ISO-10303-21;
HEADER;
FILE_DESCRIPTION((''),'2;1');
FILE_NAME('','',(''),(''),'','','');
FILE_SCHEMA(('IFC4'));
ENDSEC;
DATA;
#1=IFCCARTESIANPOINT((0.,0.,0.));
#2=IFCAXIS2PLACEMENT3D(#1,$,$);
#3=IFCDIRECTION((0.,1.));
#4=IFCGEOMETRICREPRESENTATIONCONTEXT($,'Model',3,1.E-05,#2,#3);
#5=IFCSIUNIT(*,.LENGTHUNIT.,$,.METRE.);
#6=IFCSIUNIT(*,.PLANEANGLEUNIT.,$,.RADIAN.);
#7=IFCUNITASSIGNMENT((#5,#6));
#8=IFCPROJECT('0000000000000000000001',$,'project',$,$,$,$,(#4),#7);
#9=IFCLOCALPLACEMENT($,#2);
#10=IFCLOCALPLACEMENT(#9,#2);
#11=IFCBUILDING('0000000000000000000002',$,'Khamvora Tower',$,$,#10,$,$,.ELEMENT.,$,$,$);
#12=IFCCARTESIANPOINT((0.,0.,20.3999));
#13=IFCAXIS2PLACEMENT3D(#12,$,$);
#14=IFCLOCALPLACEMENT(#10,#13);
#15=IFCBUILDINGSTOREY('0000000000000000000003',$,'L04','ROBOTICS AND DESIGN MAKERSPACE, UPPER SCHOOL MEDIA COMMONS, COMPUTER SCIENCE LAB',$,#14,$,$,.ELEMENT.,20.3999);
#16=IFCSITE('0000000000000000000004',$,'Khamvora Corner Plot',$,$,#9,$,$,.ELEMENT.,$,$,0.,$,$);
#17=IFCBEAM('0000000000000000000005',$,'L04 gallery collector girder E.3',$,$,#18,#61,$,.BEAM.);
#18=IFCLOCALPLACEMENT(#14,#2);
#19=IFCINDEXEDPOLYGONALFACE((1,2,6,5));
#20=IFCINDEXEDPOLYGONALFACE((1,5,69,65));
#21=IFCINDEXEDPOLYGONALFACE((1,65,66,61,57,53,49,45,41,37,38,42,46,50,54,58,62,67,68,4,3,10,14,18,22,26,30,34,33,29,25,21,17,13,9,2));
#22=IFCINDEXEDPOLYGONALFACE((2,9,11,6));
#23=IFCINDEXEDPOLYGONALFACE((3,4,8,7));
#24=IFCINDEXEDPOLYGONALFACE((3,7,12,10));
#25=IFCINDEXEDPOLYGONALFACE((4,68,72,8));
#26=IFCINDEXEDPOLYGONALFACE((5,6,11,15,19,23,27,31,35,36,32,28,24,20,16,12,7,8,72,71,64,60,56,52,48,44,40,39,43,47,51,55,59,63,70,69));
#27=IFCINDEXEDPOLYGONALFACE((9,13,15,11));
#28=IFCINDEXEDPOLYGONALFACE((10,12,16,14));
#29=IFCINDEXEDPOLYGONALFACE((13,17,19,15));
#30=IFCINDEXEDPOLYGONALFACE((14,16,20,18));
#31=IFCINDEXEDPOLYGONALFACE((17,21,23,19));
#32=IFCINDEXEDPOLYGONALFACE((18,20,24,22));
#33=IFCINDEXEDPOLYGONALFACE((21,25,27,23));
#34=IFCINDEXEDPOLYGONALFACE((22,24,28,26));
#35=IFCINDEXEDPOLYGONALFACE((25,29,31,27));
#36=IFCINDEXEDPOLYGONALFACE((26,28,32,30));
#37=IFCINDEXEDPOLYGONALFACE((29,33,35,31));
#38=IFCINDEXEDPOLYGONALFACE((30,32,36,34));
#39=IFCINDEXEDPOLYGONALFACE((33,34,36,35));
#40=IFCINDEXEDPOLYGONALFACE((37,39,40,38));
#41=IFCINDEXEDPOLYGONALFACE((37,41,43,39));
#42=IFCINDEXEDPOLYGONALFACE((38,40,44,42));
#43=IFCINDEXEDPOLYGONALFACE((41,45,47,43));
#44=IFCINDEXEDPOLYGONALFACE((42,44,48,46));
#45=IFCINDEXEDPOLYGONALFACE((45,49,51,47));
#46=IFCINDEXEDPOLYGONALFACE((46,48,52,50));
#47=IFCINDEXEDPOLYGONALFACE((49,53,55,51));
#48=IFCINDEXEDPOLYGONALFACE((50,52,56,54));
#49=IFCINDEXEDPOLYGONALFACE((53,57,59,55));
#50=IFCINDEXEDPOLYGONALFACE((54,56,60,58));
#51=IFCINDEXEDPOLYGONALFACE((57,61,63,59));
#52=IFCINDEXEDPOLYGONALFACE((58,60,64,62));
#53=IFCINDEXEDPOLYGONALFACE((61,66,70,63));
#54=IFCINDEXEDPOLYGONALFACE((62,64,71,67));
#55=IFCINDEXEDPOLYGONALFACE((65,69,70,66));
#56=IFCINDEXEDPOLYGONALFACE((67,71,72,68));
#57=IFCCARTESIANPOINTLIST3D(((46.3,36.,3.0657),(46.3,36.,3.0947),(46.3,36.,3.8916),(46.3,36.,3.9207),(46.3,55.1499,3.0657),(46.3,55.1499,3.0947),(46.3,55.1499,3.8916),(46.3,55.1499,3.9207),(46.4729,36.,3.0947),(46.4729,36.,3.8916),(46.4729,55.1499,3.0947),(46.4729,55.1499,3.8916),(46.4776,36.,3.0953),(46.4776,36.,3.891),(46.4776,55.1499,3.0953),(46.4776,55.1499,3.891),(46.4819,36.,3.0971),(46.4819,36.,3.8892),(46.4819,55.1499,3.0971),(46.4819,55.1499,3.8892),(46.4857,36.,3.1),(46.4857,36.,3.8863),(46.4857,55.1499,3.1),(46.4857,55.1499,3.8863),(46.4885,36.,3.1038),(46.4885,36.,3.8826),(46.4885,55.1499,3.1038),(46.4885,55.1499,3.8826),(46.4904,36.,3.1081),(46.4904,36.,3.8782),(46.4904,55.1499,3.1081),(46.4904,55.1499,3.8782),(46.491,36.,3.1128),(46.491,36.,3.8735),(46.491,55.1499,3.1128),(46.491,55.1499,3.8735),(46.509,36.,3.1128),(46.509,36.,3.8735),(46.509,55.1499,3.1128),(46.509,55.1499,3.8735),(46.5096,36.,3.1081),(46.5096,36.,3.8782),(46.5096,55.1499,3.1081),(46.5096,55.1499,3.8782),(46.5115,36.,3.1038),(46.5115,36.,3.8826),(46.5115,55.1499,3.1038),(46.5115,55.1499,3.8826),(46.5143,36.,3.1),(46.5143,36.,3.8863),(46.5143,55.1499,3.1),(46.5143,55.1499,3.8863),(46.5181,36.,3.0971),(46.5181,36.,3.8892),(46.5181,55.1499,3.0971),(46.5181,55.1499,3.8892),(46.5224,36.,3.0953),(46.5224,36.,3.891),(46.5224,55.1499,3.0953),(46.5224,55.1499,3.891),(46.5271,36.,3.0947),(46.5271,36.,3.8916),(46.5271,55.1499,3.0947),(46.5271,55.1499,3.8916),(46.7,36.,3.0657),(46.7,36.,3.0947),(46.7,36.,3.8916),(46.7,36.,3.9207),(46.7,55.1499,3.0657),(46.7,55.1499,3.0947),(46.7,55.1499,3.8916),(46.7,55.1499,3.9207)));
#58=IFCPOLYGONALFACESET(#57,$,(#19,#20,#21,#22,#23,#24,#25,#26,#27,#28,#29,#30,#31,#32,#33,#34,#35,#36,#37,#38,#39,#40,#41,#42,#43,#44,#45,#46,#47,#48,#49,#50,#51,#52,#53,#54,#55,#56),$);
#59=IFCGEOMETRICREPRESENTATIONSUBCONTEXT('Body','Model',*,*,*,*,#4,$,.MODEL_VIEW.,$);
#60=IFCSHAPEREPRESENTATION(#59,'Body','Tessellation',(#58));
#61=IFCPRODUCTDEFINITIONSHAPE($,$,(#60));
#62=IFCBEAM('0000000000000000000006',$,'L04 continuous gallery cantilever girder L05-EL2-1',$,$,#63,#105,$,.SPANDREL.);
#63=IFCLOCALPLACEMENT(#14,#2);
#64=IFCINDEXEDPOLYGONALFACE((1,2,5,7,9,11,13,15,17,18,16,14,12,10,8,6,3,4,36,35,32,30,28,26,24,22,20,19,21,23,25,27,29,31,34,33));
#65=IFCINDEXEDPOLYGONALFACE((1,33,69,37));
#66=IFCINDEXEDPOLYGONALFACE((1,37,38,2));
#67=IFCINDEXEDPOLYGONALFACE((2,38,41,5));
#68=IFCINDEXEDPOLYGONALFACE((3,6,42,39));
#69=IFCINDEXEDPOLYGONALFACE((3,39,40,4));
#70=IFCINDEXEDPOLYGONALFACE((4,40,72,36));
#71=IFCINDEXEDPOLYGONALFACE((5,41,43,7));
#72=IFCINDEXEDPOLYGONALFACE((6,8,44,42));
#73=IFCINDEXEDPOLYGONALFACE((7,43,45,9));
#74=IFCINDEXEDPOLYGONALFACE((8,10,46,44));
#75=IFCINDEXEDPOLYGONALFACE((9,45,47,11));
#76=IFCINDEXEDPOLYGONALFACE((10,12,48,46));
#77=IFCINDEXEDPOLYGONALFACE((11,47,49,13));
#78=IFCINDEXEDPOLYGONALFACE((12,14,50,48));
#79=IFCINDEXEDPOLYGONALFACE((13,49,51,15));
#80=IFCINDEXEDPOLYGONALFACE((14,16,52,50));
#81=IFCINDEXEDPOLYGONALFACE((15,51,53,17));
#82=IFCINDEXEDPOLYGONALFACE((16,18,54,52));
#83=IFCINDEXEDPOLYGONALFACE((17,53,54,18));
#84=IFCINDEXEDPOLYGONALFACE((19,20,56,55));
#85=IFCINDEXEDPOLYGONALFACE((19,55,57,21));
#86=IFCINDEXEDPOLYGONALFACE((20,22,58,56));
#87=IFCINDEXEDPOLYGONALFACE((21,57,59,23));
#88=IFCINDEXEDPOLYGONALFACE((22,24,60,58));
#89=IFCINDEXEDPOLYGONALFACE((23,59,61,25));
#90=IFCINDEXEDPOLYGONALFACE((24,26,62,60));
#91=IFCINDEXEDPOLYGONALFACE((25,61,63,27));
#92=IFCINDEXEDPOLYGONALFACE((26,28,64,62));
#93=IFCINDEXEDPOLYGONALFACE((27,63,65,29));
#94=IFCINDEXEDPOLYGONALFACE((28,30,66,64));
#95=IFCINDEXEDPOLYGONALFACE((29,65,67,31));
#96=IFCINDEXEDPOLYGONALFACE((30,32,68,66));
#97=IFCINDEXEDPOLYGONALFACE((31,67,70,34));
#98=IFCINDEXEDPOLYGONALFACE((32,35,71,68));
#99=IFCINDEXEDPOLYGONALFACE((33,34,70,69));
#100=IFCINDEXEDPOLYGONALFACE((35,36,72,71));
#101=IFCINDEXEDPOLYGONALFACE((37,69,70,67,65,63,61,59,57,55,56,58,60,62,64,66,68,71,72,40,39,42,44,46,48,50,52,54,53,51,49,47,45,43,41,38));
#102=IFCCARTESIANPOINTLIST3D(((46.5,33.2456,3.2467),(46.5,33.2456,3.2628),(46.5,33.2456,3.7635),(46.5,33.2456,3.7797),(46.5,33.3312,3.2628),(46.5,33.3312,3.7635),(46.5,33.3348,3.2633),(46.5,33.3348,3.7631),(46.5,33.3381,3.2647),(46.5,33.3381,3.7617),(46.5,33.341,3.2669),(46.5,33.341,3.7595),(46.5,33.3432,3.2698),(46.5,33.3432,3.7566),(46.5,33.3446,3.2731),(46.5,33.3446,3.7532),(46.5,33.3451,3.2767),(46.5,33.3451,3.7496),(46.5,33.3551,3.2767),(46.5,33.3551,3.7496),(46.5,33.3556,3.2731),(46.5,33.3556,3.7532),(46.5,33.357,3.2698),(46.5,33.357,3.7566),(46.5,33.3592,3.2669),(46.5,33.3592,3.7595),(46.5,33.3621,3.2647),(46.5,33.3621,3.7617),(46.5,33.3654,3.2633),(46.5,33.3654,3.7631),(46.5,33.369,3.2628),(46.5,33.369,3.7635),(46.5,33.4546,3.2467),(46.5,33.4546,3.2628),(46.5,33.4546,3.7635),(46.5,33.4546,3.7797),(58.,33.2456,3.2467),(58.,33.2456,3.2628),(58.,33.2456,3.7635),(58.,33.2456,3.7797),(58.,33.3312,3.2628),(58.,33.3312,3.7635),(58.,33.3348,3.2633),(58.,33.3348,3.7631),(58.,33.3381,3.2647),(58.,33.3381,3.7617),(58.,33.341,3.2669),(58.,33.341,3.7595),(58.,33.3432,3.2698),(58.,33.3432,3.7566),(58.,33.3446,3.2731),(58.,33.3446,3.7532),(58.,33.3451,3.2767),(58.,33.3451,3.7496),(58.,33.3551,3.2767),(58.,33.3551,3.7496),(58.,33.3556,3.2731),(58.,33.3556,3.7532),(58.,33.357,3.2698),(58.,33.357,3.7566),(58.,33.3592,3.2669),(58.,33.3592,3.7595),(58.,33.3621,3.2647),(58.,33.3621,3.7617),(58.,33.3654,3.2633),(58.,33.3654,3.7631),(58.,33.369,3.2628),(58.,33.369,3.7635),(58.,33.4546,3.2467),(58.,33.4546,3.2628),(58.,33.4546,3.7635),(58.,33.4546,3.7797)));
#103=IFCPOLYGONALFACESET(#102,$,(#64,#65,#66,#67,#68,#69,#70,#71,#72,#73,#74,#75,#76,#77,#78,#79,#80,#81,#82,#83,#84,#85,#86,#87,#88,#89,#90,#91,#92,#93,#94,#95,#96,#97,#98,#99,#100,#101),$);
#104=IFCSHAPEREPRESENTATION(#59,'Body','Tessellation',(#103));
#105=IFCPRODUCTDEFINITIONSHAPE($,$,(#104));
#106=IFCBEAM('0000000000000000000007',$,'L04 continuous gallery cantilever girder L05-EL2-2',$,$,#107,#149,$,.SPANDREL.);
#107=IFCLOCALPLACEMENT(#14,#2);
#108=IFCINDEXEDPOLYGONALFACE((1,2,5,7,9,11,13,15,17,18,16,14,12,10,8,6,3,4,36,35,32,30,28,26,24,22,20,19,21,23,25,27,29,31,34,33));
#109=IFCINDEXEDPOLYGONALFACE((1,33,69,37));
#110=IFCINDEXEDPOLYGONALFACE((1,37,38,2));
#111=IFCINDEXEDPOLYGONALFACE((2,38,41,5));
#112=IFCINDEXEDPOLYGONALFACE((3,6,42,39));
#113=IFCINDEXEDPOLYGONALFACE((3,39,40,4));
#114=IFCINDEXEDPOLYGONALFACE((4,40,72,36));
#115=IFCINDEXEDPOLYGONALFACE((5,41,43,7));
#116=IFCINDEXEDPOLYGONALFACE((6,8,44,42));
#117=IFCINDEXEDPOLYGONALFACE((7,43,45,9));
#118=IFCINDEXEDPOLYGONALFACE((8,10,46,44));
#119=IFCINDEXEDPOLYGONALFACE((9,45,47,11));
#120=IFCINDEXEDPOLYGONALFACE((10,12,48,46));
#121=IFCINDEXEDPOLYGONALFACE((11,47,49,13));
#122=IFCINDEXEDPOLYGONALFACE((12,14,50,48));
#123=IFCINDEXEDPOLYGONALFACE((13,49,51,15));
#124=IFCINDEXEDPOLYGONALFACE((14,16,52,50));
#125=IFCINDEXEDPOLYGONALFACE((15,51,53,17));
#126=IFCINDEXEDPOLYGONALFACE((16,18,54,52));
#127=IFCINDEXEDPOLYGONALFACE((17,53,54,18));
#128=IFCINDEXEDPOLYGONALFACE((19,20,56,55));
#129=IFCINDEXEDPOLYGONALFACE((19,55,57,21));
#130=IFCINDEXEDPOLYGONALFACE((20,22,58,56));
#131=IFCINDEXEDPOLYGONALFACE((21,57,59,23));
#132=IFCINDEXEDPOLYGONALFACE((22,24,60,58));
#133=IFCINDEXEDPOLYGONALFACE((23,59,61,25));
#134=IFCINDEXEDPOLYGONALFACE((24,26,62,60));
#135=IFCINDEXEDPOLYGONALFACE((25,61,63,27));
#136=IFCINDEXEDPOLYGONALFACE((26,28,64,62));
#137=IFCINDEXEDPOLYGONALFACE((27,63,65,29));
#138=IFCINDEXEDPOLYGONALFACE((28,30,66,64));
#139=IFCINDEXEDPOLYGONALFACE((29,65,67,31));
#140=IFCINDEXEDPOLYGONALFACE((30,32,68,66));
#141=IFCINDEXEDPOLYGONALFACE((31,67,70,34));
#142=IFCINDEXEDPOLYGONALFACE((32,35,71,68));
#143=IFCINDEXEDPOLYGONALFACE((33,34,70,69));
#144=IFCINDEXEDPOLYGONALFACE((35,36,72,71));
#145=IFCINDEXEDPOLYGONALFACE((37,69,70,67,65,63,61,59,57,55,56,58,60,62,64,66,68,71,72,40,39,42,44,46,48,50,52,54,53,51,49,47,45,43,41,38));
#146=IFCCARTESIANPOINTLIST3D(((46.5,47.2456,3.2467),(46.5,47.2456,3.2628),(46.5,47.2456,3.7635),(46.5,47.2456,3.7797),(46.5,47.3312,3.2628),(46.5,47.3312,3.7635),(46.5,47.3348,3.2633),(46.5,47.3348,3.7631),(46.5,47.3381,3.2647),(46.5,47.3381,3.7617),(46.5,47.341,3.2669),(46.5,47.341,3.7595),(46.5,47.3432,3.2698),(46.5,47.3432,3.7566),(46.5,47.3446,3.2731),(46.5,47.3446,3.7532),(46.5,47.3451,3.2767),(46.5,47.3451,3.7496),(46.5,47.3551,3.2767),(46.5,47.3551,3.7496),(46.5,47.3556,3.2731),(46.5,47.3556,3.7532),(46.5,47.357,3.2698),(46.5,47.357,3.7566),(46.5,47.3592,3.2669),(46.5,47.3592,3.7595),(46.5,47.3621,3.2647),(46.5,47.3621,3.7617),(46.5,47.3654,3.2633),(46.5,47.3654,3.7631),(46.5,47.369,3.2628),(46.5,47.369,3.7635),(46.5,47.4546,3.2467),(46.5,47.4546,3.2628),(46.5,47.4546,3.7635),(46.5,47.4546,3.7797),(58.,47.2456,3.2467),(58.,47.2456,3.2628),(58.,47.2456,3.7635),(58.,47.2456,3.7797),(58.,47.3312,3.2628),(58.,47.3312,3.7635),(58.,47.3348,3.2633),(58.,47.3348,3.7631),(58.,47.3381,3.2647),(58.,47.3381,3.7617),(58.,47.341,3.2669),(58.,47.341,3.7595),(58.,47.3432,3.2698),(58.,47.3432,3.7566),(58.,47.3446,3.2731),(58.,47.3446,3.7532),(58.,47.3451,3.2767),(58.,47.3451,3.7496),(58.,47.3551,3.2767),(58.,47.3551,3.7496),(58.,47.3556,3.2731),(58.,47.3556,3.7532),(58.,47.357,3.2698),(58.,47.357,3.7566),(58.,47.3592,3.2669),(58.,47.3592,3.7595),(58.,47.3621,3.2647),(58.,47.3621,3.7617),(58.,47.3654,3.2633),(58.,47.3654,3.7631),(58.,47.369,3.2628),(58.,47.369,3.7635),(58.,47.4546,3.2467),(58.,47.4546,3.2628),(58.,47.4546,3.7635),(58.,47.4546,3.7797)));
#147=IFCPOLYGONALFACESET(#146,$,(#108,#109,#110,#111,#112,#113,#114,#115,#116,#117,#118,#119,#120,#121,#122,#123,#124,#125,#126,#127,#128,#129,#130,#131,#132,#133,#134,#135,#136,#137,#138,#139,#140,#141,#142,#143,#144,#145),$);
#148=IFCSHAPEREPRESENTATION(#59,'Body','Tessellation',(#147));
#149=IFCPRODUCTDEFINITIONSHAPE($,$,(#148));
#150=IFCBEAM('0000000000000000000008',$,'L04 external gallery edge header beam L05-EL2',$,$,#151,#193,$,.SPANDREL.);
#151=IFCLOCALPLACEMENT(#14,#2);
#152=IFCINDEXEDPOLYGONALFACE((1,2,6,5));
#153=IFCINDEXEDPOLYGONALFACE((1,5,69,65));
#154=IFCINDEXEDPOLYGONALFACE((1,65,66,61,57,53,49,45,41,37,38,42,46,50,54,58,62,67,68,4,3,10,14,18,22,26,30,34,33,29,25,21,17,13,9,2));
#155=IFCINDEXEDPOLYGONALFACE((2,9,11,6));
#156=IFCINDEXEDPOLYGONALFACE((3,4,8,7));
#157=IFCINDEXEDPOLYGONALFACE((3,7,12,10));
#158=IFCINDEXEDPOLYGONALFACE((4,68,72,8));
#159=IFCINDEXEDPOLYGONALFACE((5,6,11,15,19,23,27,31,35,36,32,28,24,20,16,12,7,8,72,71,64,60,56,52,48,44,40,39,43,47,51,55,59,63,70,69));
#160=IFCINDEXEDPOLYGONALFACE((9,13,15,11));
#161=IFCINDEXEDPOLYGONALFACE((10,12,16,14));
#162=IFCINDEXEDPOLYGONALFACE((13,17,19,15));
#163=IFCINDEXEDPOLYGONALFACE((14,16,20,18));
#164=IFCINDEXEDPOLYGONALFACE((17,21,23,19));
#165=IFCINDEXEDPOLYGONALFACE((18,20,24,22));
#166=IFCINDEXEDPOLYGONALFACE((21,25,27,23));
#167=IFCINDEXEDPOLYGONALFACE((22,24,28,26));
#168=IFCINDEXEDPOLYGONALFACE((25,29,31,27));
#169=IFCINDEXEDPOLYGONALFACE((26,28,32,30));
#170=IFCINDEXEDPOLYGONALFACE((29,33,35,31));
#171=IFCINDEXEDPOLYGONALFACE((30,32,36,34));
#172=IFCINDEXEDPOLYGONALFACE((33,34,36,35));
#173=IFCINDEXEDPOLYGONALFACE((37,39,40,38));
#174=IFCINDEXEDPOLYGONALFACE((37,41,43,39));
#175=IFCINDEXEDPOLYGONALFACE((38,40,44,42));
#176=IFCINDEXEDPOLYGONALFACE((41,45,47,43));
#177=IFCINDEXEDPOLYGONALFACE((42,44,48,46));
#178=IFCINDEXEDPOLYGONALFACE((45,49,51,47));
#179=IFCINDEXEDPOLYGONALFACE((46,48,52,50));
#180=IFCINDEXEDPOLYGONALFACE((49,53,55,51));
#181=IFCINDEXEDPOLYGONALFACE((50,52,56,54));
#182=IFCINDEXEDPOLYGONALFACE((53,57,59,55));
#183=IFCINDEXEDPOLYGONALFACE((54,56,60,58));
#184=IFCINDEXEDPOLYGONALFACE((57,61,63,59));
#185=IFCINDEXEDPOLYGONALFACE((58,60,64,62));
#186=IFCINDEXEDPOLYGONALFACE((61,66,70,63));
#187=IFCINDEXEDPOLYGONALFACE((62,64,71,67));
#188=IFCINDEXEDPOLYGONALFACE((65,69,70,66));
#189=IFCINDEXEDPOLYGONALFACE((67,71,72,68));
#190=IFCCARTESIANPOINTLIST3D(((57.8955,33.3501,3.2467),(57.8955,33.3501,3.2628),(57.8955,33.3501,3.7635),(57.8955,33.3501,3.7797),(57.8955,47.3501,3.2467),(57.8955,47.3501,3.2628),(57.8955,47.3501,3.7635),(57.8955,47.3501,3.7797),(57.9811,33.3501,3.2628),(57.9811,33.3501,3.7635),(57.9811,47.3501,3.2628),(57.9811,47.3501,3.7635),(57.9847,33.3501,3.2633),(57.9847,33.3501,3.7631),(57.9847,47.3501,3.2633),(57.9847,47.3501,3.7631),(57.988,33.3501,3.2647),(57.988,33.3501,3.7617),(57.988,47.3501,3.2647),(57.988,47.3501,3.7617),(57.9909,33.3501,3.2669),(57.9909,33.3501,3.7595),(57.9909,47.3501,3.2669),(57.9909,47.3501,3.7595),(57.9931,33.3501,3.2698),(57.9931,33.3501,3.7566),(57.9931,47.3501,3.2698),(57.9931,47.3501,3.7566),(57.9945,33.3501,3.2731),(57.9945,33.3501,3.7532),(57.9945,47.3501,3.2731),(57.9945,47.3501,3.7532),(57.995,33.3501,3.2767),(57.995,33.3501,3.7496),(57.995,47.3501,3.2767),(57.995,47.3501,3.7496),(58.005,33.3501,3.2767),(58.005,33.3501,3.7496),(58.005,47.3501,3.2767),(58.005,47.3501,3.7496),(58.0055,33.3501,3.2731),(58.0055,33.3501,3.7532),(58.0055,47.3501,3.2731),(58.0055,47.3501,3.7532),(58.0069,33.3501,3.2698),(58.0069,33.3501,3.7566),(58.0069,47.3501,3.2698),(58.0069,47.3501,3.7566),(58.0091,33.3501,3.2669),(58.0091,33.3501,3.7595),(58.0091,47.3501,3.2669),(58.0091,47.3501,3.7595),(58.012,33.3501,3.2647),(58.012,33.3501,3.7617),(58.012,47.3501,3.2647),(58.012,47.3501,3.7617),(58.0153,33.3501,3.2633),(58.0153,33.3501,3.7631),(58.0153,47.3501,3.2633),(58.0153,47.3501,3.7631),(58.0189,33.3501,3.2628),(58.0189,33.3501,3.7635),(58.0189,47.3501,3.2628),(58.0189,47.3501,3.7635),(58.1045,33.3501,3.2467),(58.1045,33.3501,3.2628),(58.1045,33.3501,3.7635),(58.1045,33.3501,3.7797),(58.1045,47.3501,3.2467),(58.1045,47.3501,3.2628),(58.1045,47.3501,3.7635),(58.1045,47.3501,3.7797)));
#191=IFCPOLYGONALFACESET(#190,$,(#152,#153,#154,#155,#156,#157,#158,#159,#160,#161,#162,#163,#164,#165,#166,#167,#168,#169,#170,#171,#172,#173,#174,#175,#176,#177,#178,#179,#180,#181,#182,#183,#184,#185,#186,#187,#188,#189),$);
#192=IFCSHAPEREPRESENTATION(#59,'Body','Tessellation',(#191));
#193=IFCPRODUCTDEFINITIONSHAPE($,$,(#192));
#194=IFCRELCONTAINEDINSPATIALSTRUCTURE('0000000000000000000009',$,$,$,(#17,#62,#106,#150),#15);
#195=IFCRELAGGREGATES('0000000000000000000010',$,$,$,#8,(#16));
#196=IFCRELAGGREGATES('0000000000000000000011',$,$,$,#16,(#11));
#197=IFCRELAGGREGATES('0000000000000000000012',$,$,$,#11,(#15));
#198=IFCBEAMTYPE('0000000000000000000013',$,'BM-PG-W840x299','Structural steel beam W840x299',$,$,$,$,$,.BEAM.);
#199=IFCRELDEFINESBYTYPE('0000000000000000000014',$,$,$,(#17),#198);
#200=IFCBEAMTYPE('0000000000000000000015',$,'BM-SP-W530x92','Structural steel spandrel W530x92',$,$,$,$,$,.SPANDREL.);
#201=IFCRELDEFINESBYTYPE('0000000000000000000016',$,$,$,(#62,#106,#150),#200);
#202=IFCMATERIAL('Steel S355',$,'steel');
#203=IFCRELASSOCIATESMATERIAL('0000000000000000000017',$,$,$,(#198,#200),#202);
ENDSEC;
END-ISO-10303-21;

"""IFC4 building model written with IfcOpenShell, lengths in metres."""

from ifc_helpers import new_model, si_unit, direction, frame, origin, origin_2d, place, context, subcontext, project, spatial, i_section, extrude, material, material_profile, profile_set, type_object, element, save


model = new_model("IFC4")

# Units and contexts
model_context = context("Model", 3, precision=1e-05, world=origin(), true_north=direction((0.0, 1.0)))
body_context = subcontext(model_context, "Body", "Model", "MODEL_VIEW")
ifc_project = project(units=[si_unit("LENGTHUNIT", "METRE"), si_unit("PLANEANGLEUNIT", "RADIAN")], contexts=[model_context])

# Site, building, storey
site_placement = place(None, origin())
site = spatial("IfcSite", under=ifc_project, at=site_placement, Name="Khamvora Corner Plot", CompositionType="ELEMENT", RefElevation=0.0)
building_placement = place(site_placement, origin())
building = spatial("IfcBuilding", under=site, at=building_placement, Name="Khamvora Tower", CompositionType="ELEMENT")
storey_placement = place(building_placement, frame((0.0, 0.0, 20.3999)))
storey = spatial("IfcBuildingStorey", under=building, at=storey_placement, Name="L04", Description="ROBOTICS AND DESIGN MAKERSPACE, UPPER SCHOOL MEDIA COMMONS, COMPUTER SCIENCE LAB", CompositionType="ELEMENT", Elevation=20.3999)

# Beams
ifc_material_1 = material(Name="Steel S355", Category="steel")
ifc_material_profile_1 = material_profile(ifc_material_1, i_section(OverallWidth=0.3999, OverallDepth=0.855, WebThickness=0.0181, FlangeThickness=0.0291, FilletRadius=0.0181, at=origin_2d()), Name="W840x299")
ifc_profile_set_1 = profile_set([ifc_material_profile_1], Name="Steel S355")
beam_type_1 = type_object("IfcBeamType", Name="BM-PG-W840x299", Description="Structural steel beam W840x299", PredefinedType="BEAM", material=ifc_profile_set_1)
beam_1_placement = place(storey_placement, frame((46.5, 36.0, 3.4932), z_axis=(0.0, 1.0, 0.0), x_axis=(-1.0, 0.0, 0.0)))
element("IfcBeam", 1, at=beam_1_placement, inside=storey, type_object=beam_type_1, Name="L04 gallery collector girder E.3", PredefinedType="BEAM", context=body_context, shape_type="SweptSolid", body=[
    extrude(i_section(OverallWidth=0.3999, OverallDepth=0.855, WebThickness=0.0181, FlangeThickness=0.0291, FilletRadius=0.0181, at=origin_2d()), origin(), (0.0, 0.0, 1.0), 19.1499),
])
ifc_material_profile_2 = material_profile(ifc_material_1, i_section(OverallWidth=0.209, OverallDepth=0.533, WebThickness=0.01, FlangeThickness=0.0161, FilletRadius=0.0139, at=origin_2d()), Name="W530x92")
ifc_profile_set_2 = profile_set([ifc_material_profile_2], Name="Steel S355")
beam_type_2 = type_object("IfcBeamType", Name="BM-SP-W530x92", Description="Structural steel spandrel W530x92", PredefinedType="SPANDREL", material=ifc_profile_set_2)
for number, where, z_axis, x_axis, name in (
    (2, (46.5, 33.3501, 3.5132), (1.0, 0.0, 0.0), (0.0, 1.0, 0.0), "L04 continuous gallery cantilever girder L05-EL2-1"),
    (3, (46.5, 47.3501, 3.5132), (1.0, 0.0, 0.0), (0.0, 1.0, 0.0), "L04 continuous gallery cantilever girder L05-EL2-2"),
):
    element("IfcBeam", number, at=place(storey_placement, frame(where, z_axis=z_axis, x_axis=x_axis)), inside=storey, type_object=beam_type_2, Name=name, PredefinedType="SPANDREL", context=body_context, shape_type="SweptSolid", body=[
        extrude(i_section(OverallWidth=0.209, OverallDepth=0.533, WebThickness=0.01, FlangeThickness=0.0161, FilletRadius=0.0139, at=origin_2d()), origin(), (0.0, 0.0, 1.0), 11.5),
    ])
beam_2_placement = place(storey_placement, frame((58.0, 33.3501, 3.5132), z_axis=(0.0, 1.0, 0.0), x_axis=(-1.0, 0.0, 0.0)))
element("IfcBeam", 4, at=beam_2_placement, inside=storey, type_object=beam_type_2, Name="L04 external gallery edge header beam L05-EL2", PredefinedType="SPANDREL", context=body_context, shape_type="SweptSolid", body=[
    extrude(i_section(OverallWidth=0.209, OverallDepth=0.533, WebThickness=0.01, FlangeThickness=0.0161, FilletRadius=0.0139, at=origin_2d()), origin(), (0.0, 0.0, 1.0), 14.0),
])

save(model, "model.ifc")
